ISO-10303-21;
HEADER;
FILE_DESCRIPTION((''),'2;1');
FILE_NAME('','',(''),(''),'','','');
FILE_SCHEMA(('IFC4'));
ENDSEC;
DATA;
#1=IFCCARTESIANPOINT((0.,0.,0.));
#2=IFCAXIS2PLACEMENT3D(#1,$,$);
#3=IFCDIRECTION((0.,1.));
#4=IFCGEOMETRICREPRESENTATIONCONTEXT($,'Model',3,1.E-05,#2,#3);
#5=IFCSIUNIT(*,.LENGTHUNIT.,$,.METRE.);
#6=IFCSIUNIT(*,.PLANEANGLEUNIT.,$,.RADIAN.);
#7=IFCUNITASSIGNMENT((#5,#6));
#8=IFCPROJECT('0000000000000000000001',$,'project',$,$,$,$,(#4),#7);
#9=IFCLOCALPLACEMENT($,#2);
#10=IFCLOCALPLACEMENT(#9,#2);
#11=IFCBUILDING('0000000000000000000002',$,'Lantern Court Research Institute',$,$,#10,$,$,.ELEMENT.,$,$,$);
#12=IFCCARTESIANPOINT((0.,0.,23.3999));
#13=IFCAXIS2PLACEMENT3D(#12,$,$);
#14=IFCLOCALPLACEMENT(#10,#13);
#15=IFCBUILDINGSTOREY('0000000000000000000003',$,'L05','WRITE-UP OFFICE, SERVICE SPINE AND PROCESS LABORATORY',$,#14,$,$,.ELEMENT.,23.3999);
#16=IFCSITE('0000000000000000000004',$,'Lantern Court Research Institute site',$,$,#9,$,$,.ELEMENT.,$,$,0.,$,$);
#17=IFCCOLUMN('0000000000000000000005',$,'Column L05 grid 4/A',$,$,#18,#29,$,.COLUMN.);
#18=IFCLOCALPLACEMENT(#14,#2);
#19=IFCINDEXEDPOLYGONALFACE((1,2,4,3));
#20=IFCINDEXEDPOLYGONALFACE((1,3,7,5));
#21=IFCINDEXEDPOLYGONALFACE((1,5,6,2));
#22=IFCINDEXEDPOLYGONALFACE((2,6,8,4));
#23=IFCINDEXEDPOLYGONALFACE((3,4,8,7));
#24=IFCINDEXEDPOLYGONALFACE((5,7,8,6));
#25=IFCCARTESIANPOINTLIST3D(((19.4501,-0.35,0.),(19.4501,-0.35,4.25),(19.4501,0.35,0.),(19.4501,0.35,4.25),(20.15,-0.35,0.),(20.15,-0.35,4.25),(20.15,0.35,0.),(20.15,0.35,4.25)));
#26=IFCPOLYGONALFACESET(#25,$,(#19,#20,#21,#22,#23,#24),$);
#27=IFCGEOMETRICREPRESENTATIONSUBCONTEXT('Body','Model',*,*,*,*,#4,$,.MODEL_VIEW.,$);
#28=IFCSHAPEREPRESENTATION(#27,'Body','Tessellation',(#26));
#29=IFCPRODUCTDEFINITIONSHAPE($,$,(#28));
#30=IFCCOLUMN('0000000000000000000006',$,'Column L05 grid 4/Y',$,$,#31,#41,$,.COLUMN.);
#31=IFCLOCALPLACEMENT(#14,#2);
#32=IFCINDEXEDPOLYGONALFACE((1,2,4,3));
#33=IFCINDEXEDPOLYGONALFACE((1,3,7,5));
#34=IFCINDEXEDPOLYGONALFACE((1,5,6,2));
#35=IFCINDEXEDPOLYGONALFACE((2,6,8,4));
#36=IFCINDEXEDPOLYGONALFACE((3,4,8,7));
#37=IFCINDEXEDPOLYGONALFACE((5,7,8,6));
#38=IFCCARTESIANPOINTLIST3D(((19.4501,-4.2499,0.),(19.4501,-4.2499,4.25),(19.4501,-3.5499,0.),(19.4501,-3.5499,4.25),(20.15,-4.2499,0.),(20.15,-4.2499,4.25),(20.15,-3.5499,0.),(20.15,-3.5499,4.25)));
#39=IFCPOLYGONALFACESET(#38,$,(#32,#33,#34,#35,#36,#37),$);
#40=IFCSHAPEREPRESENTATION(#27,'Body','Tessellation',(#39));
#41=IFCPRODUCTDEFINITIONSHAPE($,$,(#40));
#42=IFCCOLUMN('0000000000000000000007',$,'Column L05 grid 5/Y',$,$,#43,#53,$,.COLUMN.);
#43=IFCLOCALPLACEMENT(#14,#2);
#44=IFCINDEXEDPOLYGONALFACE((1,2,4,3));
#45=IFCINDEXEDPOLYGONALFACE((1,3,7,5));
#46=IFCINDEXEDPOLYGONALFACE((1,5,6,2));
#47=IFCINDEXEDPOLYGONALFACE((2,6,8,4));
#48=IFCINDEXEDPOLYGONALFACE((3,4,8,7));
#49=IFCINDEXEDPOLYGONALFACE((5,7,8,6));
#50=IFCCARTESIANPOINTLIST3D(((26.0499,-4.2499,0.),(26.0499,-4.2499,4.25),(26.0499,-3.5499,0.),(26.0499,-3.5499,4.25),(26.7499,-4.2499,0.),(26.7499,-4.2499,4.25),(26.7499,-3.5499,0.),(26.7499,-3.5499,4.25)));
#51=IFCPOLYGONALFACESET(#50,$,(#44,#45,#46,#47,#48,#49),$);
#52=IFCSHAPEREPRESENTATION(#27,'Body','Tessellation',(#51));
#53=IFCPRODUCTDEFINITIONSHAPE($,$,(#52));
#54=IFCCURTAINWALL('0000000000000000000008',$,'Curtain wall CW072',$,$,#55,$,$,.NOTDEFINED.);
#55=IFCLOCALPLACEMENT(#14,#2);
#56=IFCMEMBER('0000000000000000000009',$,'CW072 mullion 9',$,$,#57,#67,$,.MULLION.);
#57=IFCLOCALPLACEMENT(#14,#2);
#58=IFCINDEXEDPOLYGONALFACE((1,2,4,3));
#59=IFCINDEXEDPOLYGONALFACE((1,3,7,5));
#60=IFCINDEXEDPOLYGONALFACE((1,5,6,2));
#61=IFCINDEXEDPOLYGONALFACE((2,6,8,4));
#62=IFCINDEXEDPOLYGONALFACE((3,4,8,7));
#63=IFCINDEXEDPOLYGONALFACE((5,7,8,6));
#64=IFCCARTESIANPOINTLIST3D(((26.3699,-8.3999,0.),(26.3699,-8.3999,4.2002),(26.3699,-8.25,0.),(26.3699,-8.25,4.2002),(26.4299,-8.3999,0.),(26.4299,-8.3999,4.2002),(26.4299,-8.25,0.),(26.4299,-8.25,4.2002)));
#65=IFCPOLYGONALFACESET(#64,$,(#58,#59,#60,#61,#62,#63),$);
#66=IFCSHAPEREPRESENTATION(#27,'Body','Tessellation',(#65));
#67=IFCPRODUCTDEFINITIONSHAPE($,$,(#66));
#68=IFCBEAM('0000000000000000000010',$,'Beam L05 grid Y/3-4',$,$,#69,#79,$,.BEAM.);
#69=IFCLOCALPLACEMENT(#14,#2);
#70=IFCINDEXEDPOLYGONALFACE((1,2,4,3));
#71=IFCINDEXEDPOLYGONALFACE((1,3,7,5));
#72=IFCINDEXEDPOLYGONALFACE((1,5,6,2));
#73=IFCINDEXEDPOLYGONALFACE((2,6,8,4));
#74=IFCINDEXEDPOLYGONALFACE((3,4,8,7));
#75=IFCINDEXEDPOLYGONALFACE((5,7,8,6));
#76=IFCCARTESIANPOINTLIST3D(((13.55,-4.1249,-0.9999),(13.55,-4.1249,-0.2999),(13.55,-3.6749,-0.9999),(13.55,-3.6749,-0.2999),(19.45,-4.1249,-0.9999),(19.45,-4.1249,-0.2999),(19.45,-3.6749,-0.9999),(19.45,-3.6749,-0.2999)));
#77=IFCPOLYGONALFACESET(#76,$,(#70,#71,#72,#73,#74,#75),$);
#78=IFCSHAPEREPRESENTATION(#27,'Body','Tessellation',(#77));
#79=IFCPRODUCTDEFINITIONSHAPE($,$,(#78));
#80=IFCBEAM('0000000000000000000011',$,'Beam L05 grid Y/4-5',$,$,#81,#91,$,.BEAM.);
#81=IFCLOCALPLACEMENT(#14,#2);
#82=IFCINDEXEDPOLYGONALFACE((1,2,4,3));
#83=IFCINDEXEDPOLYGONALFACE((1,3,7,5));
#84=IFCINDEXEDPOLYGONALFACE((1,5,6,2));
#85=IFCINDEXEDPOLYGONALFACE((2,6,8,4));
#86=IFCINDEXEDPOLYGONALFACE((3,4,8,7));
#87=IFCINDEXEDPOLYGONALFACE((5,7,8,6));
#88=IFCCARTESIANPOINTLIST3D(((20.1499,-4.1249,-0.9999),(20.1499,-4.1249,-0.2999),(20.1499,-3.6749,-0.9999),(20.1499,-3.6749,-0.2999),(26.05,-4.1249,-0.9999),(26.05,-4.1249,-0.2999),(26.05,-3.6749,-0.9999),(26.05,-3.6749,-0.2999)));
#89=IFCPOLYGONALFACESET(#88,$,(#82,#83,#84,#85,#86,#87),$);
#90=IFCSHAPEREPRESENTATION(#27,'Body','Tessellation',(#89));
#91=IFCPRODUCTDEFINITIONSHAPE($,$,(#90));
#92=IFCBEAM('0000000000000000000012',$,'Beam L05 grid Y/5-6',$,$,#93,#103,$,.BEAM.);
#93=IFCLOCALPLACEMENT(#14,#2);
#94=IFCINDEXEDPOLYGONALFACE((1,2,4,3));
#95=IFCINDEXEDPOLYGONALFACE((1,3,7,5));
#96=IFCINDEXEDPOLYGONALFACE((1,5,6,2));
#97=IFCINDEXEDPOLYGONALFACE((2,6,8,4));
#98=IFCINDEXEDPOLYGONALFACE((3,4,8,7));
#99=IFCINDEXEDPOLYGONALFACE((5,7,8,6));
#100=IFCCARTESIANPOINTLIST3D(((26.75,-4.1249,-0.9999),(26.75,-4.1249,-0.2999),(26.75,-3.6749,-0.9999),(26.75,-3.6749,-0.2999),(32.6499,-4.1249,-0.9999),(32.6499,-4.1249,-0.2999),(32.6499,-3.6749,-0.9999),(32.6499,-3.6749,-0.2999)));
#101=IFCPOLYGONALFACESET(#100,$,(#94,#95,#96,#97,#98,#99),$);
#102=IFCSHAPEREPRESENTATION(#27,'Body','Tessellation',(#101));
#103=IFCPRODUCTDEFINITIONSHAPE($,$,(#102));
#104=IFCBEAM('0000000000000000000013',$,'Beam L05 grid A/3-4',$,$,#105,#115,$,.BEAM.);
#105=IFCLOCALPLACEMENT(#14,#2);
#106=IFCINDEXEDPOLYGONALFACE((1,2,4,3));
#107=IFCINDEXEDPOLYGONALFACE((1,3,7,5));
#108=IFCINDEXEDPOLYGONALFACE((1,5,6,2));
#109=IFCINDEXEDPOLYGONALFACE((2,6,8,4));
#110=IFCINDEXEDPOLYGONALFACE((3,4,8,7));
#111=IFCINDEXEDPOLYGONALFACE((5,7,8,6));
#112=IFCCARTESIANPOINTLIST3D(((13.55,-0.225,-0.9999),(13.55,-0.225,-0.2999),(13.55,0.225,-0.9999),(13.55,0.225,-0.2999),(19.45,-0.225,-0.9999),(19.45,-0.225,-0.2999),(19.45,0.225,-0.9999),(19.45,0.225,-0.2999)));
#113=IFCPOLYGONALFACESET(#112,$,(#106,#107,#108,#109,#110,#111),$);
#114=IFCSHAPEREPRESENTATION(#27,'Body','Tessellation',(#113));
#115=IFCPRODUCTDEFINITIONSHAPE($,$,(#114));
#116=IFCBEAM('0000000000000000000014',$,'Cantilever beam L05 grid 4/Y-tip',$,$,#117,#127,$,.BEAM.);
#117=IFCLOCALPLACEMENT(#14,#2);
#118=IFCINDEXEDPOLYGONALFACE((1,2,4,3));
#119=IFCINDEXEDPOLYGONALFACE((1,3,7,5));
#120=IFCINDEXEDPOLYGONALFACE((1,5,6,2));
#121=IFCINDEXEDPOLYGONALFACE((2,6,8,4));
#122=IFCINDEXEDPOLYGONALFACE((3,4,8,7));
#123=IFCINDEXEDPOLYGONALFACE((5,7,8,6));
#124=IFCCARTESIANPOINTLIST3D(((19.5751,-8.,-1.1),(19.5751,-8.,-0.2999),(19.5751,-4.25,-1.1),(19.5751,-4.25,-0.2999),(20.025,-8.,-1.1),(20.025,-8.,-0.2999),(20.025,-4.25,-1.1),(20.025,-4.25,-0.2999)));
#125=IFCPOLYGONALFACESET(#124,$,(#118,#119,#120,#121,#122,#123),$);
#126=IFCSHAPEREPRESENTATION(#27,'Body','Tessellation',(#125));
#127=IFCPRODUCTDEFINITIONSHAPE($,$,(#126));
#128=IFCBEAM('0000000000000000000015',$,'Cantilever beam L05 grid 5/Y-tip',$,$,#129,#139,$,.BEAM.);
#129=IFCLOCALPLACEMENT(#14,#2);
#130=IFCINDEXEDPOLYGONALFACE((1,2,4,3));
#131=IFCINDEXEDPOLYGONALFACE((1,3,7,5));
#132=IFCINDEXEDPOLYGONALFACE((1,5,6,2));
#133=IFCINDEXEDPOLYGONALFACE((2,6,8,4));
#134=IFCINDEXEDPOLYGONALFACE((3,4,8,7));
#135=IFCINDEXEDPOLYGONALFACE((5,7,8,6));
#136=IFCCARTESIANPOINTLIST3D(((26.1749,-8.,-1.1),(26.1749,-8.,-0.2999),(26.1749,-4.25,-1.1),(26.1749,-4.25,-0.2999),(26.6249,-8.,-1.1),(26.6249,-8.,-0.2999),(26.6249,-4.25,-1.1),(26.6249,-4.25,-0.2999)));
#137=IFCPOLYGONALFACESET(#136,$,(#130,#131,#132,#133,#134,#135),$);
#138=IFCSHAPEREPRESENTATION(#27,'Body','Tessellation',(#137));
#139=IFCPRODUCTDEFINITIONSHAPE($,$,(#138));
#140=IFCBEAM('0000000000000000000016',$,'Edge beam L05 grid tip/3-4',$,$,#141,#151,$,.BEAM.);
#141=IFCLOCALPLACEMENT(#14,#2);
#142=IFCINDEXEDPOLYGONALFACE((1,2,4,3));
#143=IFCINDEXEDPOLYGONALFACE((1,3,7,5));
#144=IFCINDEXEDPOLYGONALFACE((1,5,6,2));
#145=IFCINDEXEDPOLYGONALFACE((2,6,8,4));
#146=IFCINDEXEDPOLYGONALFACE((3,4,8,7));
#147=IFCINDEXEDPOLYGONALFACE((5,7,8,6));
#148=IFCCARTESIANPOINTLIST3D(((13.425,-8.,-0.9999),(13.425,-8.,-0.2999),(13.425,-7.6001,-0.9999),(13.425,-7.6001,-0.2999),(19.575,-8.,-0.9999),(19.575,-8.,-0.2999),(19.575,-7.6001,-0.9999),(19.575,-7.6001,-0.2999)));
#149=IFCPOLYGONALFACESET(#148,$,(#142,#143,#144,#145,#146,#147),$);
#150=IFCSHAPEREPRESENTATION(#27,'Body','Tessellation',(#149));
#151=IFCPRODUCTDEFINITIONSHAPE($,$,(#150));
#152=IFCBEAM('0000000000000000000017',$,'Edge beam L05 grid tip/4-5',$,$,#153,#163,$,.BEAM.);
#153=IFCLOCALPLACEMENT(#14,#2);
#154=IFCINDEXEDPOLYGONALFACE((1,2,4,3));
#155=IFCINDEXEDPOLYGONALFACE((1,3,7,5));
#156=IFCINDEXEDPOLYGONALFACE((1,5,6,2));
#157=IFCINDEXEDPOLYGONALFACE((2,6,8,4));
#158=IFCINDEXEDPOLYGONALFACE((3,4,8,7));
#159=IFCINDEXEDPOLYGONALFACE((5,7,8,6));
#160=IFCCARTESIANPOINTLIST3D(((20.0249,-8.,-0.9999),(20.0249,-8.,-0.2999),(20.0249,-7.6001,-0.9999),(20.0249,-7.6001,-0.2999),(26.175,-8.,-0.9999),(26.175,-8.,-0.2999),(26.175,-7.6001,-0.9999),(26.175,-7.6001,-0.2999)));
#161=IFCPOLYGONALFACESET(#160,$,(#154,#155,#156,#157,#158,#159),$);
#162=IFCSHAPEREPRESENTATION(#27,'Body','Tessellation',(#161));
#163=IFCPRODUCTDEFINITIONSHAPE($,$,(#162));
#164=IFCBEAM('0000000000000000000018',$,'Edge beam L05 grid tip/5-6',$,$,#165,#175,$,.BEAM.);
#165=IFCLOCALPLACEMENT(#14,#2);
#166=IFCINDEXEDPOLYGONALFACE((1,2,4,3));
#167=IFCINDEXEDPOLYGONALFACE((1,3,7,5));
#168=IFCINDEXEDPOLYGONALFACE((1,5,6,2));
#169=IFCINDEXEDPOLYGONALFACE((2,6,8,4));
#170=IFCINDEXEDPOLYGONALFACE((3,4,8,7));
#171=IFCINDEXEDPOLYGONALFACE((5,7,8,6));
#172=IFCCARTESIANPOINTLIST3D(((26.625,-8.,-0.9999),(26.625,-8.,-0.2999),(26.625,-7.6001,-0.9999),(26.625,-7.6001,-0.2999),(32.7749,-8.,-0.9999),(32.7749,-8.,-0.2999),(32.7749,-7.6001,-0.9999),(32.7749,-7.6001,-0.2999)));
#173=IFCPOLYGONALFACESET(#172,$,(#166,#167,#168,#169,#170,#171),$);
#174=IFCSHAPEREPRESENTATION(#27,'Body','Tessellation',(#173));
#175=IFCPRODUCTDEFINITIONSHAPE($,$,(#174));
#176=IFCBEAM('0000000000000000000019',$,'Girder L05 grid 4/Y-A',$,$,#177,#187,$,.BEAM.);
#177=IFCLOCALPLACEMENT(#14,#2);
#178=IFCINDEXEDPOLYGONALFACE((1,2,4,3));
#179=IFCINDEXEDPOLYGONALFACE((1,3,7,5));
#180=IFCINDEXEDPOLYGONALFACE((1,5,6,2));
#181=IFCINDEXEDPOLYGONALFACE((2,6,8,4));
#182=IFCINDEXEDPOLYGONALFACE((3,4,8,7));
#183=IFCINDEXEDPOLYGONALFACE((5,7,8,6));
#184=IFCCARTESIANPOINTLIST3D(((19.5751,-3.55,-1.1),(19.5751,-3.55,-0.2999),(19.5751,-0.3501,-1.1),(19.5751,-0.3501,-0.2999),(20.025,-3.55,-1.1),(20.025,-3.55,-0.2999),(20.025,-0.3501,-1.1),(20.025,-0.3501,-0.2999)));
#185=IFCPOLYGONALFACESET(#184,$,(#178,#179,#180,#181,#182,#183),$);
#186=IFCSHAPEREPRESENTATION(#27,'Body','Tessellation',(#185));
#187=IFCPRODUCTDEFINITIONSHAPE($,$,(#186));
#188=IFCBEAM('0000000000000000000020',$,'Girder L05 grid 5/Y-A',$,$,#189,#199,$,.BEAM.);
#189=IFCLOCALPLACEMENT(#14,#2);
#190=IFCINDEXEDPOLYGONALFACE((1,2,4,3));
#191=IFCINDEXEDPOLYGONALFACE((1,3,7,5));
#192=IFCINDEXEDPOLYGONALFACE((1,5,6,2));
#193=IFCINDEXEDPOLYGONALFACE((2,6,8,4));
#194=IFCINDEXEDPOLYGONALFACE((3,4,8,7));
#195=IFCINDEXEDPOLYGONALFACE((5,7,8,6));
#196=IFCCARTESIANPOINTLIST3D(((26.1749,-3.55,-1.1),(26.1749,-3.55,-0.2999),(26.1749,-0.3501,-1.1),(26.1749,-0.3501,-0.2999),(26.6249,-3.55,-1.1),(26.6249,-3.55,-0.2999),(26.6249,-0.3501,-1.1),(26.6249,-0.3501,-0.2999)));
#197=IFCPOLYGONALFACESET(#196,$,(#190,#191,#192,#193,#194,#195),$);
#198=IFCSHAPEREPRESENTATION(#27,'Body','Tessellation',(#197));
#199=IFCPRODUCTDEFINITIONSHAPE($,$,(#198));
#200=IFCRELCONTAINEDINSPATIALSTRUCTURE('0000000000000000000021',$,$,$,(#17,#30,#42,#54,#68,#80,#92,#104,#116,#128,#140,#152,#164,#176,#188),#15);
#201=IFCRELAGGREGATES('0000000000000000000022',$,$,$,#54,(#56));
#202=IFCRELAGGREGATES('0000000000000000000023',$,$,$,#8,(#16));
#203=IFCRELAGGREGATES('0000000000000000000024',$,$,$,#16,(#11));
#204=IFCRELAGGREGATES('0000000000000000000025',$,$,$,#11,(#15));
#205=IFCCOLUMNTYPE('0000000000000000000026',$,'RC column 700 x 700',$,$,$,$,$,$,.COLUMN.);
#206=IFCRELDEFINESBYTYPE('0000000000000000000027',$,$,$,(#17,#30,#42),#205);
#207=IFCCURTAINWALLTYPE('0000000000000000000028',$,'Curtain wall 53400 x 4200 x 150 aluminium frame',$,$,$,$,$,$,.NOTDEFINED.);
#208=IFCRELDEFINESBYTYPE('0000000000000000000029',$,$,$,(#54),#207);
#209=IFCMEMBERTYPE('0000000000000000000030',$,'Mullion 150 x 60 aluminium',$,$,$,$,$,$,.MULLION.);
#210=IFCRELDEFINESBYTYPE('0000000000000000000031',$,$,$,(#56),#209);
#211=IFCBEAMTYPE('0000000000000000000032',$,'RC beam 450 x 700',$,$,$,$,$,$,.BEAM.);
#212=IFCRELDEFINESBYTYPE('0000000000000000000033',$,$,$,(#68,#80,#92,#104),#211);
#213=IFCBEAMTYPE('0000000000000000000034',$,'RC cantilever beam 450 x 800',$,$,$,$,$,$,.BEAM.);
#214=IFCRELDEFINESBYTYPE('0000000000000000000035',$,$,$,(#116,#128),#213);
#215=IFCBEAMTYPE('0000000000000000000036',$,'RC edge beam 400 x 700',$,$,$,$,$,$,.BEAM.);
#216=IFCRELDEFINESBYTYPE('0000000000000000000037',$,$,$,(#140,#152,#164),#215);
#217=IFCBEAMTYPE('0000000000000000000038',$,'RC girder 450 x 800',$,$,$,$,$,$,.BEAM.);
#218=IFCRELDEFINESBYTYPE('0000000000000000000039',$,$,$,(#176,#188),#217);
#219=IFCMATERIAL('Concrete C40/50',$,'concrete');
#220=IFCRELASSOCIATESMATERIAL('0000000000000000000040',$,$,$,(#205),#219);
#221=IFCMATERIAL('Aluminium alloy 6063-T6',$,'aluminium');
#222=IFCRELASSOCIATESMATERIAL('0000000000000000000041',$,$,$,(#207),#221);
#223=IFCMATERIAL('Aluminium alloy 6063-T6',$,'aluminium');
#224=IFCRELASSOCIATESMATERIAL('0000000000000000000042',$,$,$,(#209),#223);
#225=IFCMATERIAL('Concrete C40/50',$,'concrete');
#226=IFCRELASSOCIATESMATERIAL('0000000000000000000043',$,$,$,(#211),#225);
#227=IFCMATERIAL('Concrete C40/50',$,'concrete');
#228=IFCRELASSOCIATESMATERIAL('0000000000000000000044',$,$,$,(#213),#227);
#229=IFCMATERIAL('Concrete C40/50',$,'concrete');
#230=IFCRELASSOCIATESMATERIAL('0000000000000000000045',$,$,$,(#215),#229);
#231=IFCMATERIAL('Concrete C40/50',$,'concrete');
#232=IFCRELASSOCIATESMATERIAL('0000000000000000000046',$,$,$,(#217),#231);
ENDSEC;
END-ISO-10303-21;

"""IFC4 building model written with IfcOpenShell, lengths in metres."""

from ifc_helpers import new_model, si_unit, direction, frame, origin, origin_2d, place, context, subcontext, project, spatial, rectangle, extrude, material, material_profile, profile_set, type_object, element, aggregate, save


model = new_model("IFC4")

# Units and contexts
model_context = context("Model", 3, precision=1e-05, world=origin(), true_north=direction((0.0, 1.0)))
body_context = subcontext(model_context, "Body", "Model", "MODEL_VIEW")
ifc_project = project(units=[si_unit("LENGTHUNIT", "METRE"), si_unit("PLANEANGLEUNIT", "RADIAN")], contexts=[model_context])

# Site, building, storey
site_placement = place(None, origin())
site = spatial("IfcSite", under=ifc_project, at=site_placement, Name="Lantern Court Research Institute site", CompositionType="ELEMENT", RefElevation=0.0)
building_placement = place(site_placement, origin())
building = spatial("IfcBuilding", under=site, at=building_placement, Name="Lantern Court Research Institute", CompositionType="ELEMENT")
storey_placement = place(building_placement, frame((0.0, 0.0, 23.3999)))
storey = spatial("IfcBuildingStorey", under=building, at=storey_placement, Name="L05", Description="WRITE-UP OFFICE, SERVICE SPINE AND PROCESS LABORATORY", CompositionType="ELEMENT", Elevation=23.3999)

# Columns
ifc_material_1 = material(Name="Concrete C40/50", Category="concrete")
ifc_material_profile_1 = material_profile(ifc_material_1, rectangle(XDim=0.7, YDim=0.7, at=origin_2d()), Name="RC column 700 x 700")
ifc_profile_set_1 = profile_set([ifc_material_profile_1], Name="Concrete C40/50")
column_type = type_object("IfcColumnType", Name="RC column 700 x 700", PredefinedType="COLUMN", material=ifc_profile_set_1)
for number, where, z_axis, x_axis, name in (
    (1, (19.8, 0.0, 0.0), (0.0, 0.0, 1.0), (1.0, 0.0, 0.0), "Column L05 grid 4/A"),
    (2, (19.8, -3.8999, 0.0), (0.0, 0.0, 1.0), (1.0, 0.0, 0.0), "Column L05 grid 4/Y"),
    (3, (26.3999, -3.8999, 0.0), (0.0, 0.0, 1.0), (1.0, 0.0, 0.0), "Column L05 grid 5/Y"),
):
    element("IfcColumn", number, at=place(storey_placement, frame(where, z_axis=z_axis, x_axis=x_axis)), inside=storey, type_object=column_type, Name=name, PredefinedType="COLUMN", context=body_context, shape_type="SweptSolid", body=[
        extrude(rectangle(XDim=0.7, YDim=0.7, at=origin_2d()), origin(), (0.0, 0.0, 1.0), 4.25),
    ])

# Curtain wall, member
ifc_material_2 = material(Name="Aluminium alloy 6063-T6", Category="aluminium")
curtain_wall_type = type_object("IfcCurtainWallType", Name="Curtain wall 53400 x 4200 x 150 aluminium frame", PredefinedType="NOTDEFINED", material=ifc_material_2)
curtain_wall_placement = place(storey_placement, origin())
curtain_wall = element("IfcCurtainWall", 4, at=curtain_wall_placement, inside=storey, type_object=curtain_wall_type, Name="Curtain wall CW072", PredefinedType="NOTDEFINED")
ifc_material_3 = material(Name="Aluminium alloy 6063-T6", Category="aluminium")
ifc_material_profile_2 = material_profile(ifc_material_3, rectangle(XDim=0.1499, YDim=0.0601, at=origin_2d()), Name="Mullion 150 x 60")
ifc_profile_set_2 = profile_set([ifc_material_profile_2], Name="Aluminium alloy 6063-T6")
member_type_1 = type_object("IfcMemberType", Name="Mullion 150 x 60 aluminium", PredefinedType="MULLION", material=ifc_profile_set_2)
member_1_placement = place(storey_placement, frame((26.3999, -8.325, 0.0), z_axis=(0.0, 0.0, 1.0), x_axis=(0.0, -1.0, 0.0)))
member_1 = element("IfcMember", 5, at=member_1_placement, type_object=member_type_1, Name="CW072 mullion 9", PredefinedType="MULLION", context=body_context, shape_type="SweptSolid", body=[
    extrude(rectangle(XDim=0.1499, YDim=0.0601, at=origin_2d()), origin(), (0.0, 0.0, 1.0), 4.2002),
])

# Beams
ifc_material_4 = material(Name="Concrete C40/50", Category="concrete")
ifc_material_profile_3 = material_profile(ifc_material_4, rectangle(XDim=0.45, YDim=0.7, at=origin_2d()), Name="RC beam 450 x 700")
ifc_profile_set_3 = profile_set([ifc_material_profile_3], Name="Concrete C40/50")
beam_type_1 = type_object("IfcBeamType", Name="RC beam 450 x 700", PredefinedType="BEAM", material=ifc_profile_set_3)
beam_1_placement = place(storey_placement, frame((13.55, -3.8999, -0.6499), z_axis=(1.0, 0.0, 0.0), x_axis=(0.0, 1.0, 0.0)))
element("IfcBeam", 6, at=beam_1_placement, inside=storey, type_object=beam_type_1, Name="Beam L05 grid Y/3-4", PredefinedType="BEAM", context=body_context, shape_type="SweptSolid", body=[
    extrude(rectangle(XDim=0.45, YDim=0.7, at=origin_2d()), origin(), (0.0, 0.0, 1.0), 5.8999),
])
beam_2_placement = place(storey_placement, frame((20.1499, -3.8999, -0.6499), z_axis=(1.0, 0.0, 0.0), x_axis=(0.0, 1.0, 0.0)))
element("IfcBeam", 7, at=beam_2_placement, inside=storey, type_object=beam_type_1, Name="Beam L05 grid Y/4-5", PredefinedType="BEAM", context=body_context, shape_type="SweptSolid", body=[
    extrude(rectangle(XDim=0.45, YDim=0.7, at=origin_2d()), origin(), (0.0, 0.0, 1.0), 5.9001),
])
for number, where, z_axis, x_axis, name in (
    (8, (26.75, -3.8999, -0.6499), (1.0, 0.0, 0.0), (0.0, 1.0, 0.0), "Beam L05 grid Y/5-6"),
    (9, (13.55, 0.0, -0.6499), (1.0, 0.0, 0.0), (0.0, 1.0, 0.0), "Beam L05 grid A/3-4"),
):
    element("IfcBeam", number, at=place(storey_placement, frame(where, z_axis=z_axis, x_axis=x_axis)), inside=storey, type_object=beam_type_1, Name=name, PredefinedType="BEAM", context=body_context, shape_type="SweptSolid", body=[
        extrude(rectangle(XDim=0.45, YDim=0.7, at=origin_2d()), origin(), (0.0, 0.0, 1.0), 5.8999),
    ])
ifc_material_5 = material(Name="Concrete C40/50", Category="concrete")
ifc_material_profile_4 = material_profile(ifc_material_5, rectangle(XDim=0.45, YDim=0.8, at=origin_2d()), Name="RC beam 450 x 800")
ifc_profile_set_4 = profile_set([ifc_material_profile_4], Name="Concrete C40/50")
beam_type_2 = type_object("IfcBeamType", Name="RC cantilever beam 450 x 800", PredefinedType="BEAM", material=ifc_profile_set_4)
for number, where, z_axis, x_axis, name in (
    (10, (19.8, -4.25, -0.7), (0.0, -1.0, 0.0), (1.0, 0.0, 0.0), "Cantilever beam L05 grid 4/Y-tip"),
    (11, (26.3999, -4.25, -0.7), (0.0, -1.0, 0.0), (1.0, 0.0, 0.0), "Cantilever beam L05 grid 5/Y-tip"),
):
    element("IfcBeam", number, at=place(storey_placement, frame(where, z_axis=z_axis, x_axis=x_axis)), inside=storey, type_object=beam_type_2, Name=name, PredefinedType="BEAM", context=body_context, shape_type="SweptSolid", body=[
        extrude(rectangle(XDim=0.45, YDim=0.8, at=origin_2d()), origin(), (0.0, 0.0, 1.0), 3.75),
    ])
ifc_material_6 = material(Name="Concrete C40/50", Category="concrete")
ifc_material_profile_5 = material_profile(ifc_material_6, rectangle(XDim=0.3999, YDim=0.7, at=origin_2d()), Name="RC beam 400 x 700")
ifc_profile_set_5 = profile_set([ifc_material_profile_5], Name="Concrete C40/50")
beam_type_3 = type_object("IfcBeamType", Name="RC edge beam 400 x 700", PredefinedType="BEAM", material=ifc_profile_set_5)
beam_3_placement = place(storey_placement, frame((13.425, -7.8, -0.6499), z_axis=(1.0, 0.0, 0.0), x_axis=(0.0, 1.0, 0.0)))
element("IfcBeam", 12, at=beam_3_placement, inside=storey, type_object=beam_type_3, Name="Edge beam L05 grid tip/3-4", PredefinedType="BEAM", context=body_context, shape_type="SweptSolid", body=[
    extrude(rectangle(XDim=0.3999, YDim=0.7, at=origin_2d()), origin(), (0.0, 0.0, 1.0), 6.1499),
])
beam_4_placement = place(storey_placement, frame((20.0249, -7.8, -0.6499), z_axis=(1.0, 0.0, 0.0), x_axis=(0.0, 1.0, 0.0)))
element("IfcBeam", 13, at=beam_4_placement, inside=storey, type_object=beam_type_3, Name="Edge beam L05 grid tip/4-5", PredefinedType="BEAM", context=body_context, shape_type="SweptSolid", body=[
    extrude(rectangle(XDim=0.3999, YDim=0.7, at=origin_2d()), origin(), (0.0, 0.0, 1.0), 6.1501),
])
beam_5_placement = place(storey_placement, frame((26.625, -7.8, -0.6499), z_axis=(1.0, 0.0, 0.0), x_axis=(0.0, 1.0, 0.0)))
element("IfcBeam", 14, at=beam_5_placement, inside=storey, type_object=beam_type_3, Name="Edge beam L05 grid tip/5-6", PredefinedType="BEAM", context=body_context, shape_type="SweptSolid", body=[
    extrude(rectangle(XDim=0.3999, YDim=0.7, at=origin_2d()), origin(), (0.0, 0.0, 1.0), 6.1499),
])
ifc_material_7 = material(Name="Concrete C40/50", Category="concrete")
ifc_material_profile_6 = material_profile(ifc_material_7, rectangle(XDim=0.45, YDim=0.8, at=origin_2d()), Name="RC beam 450 x 800")
ifc_profile_set_6 = profile_set([ifc_material_profile_6], Name="Concrete C40/50")
beam_type_4 = type_object("IfcBeamType", Name="RC girder 450 x 800", PredefinedType="BEAM", material=ifc_profile_set_6)
for number, where, z_axis, x_axis, name in (
    (15, (19.8, -3.55, -0.7), (0.0, 1.0, 0.0), (-1.0, 0.0, 0.0), "Girder L05 grid 4/Y-A"),
    (16, (26.3999, -3.55, -0.7), (0.0, 1.0, 0.0), (-1.0, 0.0, 0.0), "Girder L05 grid 5/Y-A"),
):
    element("IfcBeam", number, at=place(storey_placement, frame(where, z_axis=z_axis, x_axis=x_axis)), inside=storey, type_object=beam_type_4, Name=name, PredefinedType="BEAM", context=body_context, shape_type="SweptSolid", body=[
        extrude(rectangle(XDim=0.45, YDim=0.8, at=origin_2d()), origin(), (0.0, 0.0, 1.0), 3.2),
    ])

aggregate(curtain_wall, [member_1])

save(model, "model.ifc")
